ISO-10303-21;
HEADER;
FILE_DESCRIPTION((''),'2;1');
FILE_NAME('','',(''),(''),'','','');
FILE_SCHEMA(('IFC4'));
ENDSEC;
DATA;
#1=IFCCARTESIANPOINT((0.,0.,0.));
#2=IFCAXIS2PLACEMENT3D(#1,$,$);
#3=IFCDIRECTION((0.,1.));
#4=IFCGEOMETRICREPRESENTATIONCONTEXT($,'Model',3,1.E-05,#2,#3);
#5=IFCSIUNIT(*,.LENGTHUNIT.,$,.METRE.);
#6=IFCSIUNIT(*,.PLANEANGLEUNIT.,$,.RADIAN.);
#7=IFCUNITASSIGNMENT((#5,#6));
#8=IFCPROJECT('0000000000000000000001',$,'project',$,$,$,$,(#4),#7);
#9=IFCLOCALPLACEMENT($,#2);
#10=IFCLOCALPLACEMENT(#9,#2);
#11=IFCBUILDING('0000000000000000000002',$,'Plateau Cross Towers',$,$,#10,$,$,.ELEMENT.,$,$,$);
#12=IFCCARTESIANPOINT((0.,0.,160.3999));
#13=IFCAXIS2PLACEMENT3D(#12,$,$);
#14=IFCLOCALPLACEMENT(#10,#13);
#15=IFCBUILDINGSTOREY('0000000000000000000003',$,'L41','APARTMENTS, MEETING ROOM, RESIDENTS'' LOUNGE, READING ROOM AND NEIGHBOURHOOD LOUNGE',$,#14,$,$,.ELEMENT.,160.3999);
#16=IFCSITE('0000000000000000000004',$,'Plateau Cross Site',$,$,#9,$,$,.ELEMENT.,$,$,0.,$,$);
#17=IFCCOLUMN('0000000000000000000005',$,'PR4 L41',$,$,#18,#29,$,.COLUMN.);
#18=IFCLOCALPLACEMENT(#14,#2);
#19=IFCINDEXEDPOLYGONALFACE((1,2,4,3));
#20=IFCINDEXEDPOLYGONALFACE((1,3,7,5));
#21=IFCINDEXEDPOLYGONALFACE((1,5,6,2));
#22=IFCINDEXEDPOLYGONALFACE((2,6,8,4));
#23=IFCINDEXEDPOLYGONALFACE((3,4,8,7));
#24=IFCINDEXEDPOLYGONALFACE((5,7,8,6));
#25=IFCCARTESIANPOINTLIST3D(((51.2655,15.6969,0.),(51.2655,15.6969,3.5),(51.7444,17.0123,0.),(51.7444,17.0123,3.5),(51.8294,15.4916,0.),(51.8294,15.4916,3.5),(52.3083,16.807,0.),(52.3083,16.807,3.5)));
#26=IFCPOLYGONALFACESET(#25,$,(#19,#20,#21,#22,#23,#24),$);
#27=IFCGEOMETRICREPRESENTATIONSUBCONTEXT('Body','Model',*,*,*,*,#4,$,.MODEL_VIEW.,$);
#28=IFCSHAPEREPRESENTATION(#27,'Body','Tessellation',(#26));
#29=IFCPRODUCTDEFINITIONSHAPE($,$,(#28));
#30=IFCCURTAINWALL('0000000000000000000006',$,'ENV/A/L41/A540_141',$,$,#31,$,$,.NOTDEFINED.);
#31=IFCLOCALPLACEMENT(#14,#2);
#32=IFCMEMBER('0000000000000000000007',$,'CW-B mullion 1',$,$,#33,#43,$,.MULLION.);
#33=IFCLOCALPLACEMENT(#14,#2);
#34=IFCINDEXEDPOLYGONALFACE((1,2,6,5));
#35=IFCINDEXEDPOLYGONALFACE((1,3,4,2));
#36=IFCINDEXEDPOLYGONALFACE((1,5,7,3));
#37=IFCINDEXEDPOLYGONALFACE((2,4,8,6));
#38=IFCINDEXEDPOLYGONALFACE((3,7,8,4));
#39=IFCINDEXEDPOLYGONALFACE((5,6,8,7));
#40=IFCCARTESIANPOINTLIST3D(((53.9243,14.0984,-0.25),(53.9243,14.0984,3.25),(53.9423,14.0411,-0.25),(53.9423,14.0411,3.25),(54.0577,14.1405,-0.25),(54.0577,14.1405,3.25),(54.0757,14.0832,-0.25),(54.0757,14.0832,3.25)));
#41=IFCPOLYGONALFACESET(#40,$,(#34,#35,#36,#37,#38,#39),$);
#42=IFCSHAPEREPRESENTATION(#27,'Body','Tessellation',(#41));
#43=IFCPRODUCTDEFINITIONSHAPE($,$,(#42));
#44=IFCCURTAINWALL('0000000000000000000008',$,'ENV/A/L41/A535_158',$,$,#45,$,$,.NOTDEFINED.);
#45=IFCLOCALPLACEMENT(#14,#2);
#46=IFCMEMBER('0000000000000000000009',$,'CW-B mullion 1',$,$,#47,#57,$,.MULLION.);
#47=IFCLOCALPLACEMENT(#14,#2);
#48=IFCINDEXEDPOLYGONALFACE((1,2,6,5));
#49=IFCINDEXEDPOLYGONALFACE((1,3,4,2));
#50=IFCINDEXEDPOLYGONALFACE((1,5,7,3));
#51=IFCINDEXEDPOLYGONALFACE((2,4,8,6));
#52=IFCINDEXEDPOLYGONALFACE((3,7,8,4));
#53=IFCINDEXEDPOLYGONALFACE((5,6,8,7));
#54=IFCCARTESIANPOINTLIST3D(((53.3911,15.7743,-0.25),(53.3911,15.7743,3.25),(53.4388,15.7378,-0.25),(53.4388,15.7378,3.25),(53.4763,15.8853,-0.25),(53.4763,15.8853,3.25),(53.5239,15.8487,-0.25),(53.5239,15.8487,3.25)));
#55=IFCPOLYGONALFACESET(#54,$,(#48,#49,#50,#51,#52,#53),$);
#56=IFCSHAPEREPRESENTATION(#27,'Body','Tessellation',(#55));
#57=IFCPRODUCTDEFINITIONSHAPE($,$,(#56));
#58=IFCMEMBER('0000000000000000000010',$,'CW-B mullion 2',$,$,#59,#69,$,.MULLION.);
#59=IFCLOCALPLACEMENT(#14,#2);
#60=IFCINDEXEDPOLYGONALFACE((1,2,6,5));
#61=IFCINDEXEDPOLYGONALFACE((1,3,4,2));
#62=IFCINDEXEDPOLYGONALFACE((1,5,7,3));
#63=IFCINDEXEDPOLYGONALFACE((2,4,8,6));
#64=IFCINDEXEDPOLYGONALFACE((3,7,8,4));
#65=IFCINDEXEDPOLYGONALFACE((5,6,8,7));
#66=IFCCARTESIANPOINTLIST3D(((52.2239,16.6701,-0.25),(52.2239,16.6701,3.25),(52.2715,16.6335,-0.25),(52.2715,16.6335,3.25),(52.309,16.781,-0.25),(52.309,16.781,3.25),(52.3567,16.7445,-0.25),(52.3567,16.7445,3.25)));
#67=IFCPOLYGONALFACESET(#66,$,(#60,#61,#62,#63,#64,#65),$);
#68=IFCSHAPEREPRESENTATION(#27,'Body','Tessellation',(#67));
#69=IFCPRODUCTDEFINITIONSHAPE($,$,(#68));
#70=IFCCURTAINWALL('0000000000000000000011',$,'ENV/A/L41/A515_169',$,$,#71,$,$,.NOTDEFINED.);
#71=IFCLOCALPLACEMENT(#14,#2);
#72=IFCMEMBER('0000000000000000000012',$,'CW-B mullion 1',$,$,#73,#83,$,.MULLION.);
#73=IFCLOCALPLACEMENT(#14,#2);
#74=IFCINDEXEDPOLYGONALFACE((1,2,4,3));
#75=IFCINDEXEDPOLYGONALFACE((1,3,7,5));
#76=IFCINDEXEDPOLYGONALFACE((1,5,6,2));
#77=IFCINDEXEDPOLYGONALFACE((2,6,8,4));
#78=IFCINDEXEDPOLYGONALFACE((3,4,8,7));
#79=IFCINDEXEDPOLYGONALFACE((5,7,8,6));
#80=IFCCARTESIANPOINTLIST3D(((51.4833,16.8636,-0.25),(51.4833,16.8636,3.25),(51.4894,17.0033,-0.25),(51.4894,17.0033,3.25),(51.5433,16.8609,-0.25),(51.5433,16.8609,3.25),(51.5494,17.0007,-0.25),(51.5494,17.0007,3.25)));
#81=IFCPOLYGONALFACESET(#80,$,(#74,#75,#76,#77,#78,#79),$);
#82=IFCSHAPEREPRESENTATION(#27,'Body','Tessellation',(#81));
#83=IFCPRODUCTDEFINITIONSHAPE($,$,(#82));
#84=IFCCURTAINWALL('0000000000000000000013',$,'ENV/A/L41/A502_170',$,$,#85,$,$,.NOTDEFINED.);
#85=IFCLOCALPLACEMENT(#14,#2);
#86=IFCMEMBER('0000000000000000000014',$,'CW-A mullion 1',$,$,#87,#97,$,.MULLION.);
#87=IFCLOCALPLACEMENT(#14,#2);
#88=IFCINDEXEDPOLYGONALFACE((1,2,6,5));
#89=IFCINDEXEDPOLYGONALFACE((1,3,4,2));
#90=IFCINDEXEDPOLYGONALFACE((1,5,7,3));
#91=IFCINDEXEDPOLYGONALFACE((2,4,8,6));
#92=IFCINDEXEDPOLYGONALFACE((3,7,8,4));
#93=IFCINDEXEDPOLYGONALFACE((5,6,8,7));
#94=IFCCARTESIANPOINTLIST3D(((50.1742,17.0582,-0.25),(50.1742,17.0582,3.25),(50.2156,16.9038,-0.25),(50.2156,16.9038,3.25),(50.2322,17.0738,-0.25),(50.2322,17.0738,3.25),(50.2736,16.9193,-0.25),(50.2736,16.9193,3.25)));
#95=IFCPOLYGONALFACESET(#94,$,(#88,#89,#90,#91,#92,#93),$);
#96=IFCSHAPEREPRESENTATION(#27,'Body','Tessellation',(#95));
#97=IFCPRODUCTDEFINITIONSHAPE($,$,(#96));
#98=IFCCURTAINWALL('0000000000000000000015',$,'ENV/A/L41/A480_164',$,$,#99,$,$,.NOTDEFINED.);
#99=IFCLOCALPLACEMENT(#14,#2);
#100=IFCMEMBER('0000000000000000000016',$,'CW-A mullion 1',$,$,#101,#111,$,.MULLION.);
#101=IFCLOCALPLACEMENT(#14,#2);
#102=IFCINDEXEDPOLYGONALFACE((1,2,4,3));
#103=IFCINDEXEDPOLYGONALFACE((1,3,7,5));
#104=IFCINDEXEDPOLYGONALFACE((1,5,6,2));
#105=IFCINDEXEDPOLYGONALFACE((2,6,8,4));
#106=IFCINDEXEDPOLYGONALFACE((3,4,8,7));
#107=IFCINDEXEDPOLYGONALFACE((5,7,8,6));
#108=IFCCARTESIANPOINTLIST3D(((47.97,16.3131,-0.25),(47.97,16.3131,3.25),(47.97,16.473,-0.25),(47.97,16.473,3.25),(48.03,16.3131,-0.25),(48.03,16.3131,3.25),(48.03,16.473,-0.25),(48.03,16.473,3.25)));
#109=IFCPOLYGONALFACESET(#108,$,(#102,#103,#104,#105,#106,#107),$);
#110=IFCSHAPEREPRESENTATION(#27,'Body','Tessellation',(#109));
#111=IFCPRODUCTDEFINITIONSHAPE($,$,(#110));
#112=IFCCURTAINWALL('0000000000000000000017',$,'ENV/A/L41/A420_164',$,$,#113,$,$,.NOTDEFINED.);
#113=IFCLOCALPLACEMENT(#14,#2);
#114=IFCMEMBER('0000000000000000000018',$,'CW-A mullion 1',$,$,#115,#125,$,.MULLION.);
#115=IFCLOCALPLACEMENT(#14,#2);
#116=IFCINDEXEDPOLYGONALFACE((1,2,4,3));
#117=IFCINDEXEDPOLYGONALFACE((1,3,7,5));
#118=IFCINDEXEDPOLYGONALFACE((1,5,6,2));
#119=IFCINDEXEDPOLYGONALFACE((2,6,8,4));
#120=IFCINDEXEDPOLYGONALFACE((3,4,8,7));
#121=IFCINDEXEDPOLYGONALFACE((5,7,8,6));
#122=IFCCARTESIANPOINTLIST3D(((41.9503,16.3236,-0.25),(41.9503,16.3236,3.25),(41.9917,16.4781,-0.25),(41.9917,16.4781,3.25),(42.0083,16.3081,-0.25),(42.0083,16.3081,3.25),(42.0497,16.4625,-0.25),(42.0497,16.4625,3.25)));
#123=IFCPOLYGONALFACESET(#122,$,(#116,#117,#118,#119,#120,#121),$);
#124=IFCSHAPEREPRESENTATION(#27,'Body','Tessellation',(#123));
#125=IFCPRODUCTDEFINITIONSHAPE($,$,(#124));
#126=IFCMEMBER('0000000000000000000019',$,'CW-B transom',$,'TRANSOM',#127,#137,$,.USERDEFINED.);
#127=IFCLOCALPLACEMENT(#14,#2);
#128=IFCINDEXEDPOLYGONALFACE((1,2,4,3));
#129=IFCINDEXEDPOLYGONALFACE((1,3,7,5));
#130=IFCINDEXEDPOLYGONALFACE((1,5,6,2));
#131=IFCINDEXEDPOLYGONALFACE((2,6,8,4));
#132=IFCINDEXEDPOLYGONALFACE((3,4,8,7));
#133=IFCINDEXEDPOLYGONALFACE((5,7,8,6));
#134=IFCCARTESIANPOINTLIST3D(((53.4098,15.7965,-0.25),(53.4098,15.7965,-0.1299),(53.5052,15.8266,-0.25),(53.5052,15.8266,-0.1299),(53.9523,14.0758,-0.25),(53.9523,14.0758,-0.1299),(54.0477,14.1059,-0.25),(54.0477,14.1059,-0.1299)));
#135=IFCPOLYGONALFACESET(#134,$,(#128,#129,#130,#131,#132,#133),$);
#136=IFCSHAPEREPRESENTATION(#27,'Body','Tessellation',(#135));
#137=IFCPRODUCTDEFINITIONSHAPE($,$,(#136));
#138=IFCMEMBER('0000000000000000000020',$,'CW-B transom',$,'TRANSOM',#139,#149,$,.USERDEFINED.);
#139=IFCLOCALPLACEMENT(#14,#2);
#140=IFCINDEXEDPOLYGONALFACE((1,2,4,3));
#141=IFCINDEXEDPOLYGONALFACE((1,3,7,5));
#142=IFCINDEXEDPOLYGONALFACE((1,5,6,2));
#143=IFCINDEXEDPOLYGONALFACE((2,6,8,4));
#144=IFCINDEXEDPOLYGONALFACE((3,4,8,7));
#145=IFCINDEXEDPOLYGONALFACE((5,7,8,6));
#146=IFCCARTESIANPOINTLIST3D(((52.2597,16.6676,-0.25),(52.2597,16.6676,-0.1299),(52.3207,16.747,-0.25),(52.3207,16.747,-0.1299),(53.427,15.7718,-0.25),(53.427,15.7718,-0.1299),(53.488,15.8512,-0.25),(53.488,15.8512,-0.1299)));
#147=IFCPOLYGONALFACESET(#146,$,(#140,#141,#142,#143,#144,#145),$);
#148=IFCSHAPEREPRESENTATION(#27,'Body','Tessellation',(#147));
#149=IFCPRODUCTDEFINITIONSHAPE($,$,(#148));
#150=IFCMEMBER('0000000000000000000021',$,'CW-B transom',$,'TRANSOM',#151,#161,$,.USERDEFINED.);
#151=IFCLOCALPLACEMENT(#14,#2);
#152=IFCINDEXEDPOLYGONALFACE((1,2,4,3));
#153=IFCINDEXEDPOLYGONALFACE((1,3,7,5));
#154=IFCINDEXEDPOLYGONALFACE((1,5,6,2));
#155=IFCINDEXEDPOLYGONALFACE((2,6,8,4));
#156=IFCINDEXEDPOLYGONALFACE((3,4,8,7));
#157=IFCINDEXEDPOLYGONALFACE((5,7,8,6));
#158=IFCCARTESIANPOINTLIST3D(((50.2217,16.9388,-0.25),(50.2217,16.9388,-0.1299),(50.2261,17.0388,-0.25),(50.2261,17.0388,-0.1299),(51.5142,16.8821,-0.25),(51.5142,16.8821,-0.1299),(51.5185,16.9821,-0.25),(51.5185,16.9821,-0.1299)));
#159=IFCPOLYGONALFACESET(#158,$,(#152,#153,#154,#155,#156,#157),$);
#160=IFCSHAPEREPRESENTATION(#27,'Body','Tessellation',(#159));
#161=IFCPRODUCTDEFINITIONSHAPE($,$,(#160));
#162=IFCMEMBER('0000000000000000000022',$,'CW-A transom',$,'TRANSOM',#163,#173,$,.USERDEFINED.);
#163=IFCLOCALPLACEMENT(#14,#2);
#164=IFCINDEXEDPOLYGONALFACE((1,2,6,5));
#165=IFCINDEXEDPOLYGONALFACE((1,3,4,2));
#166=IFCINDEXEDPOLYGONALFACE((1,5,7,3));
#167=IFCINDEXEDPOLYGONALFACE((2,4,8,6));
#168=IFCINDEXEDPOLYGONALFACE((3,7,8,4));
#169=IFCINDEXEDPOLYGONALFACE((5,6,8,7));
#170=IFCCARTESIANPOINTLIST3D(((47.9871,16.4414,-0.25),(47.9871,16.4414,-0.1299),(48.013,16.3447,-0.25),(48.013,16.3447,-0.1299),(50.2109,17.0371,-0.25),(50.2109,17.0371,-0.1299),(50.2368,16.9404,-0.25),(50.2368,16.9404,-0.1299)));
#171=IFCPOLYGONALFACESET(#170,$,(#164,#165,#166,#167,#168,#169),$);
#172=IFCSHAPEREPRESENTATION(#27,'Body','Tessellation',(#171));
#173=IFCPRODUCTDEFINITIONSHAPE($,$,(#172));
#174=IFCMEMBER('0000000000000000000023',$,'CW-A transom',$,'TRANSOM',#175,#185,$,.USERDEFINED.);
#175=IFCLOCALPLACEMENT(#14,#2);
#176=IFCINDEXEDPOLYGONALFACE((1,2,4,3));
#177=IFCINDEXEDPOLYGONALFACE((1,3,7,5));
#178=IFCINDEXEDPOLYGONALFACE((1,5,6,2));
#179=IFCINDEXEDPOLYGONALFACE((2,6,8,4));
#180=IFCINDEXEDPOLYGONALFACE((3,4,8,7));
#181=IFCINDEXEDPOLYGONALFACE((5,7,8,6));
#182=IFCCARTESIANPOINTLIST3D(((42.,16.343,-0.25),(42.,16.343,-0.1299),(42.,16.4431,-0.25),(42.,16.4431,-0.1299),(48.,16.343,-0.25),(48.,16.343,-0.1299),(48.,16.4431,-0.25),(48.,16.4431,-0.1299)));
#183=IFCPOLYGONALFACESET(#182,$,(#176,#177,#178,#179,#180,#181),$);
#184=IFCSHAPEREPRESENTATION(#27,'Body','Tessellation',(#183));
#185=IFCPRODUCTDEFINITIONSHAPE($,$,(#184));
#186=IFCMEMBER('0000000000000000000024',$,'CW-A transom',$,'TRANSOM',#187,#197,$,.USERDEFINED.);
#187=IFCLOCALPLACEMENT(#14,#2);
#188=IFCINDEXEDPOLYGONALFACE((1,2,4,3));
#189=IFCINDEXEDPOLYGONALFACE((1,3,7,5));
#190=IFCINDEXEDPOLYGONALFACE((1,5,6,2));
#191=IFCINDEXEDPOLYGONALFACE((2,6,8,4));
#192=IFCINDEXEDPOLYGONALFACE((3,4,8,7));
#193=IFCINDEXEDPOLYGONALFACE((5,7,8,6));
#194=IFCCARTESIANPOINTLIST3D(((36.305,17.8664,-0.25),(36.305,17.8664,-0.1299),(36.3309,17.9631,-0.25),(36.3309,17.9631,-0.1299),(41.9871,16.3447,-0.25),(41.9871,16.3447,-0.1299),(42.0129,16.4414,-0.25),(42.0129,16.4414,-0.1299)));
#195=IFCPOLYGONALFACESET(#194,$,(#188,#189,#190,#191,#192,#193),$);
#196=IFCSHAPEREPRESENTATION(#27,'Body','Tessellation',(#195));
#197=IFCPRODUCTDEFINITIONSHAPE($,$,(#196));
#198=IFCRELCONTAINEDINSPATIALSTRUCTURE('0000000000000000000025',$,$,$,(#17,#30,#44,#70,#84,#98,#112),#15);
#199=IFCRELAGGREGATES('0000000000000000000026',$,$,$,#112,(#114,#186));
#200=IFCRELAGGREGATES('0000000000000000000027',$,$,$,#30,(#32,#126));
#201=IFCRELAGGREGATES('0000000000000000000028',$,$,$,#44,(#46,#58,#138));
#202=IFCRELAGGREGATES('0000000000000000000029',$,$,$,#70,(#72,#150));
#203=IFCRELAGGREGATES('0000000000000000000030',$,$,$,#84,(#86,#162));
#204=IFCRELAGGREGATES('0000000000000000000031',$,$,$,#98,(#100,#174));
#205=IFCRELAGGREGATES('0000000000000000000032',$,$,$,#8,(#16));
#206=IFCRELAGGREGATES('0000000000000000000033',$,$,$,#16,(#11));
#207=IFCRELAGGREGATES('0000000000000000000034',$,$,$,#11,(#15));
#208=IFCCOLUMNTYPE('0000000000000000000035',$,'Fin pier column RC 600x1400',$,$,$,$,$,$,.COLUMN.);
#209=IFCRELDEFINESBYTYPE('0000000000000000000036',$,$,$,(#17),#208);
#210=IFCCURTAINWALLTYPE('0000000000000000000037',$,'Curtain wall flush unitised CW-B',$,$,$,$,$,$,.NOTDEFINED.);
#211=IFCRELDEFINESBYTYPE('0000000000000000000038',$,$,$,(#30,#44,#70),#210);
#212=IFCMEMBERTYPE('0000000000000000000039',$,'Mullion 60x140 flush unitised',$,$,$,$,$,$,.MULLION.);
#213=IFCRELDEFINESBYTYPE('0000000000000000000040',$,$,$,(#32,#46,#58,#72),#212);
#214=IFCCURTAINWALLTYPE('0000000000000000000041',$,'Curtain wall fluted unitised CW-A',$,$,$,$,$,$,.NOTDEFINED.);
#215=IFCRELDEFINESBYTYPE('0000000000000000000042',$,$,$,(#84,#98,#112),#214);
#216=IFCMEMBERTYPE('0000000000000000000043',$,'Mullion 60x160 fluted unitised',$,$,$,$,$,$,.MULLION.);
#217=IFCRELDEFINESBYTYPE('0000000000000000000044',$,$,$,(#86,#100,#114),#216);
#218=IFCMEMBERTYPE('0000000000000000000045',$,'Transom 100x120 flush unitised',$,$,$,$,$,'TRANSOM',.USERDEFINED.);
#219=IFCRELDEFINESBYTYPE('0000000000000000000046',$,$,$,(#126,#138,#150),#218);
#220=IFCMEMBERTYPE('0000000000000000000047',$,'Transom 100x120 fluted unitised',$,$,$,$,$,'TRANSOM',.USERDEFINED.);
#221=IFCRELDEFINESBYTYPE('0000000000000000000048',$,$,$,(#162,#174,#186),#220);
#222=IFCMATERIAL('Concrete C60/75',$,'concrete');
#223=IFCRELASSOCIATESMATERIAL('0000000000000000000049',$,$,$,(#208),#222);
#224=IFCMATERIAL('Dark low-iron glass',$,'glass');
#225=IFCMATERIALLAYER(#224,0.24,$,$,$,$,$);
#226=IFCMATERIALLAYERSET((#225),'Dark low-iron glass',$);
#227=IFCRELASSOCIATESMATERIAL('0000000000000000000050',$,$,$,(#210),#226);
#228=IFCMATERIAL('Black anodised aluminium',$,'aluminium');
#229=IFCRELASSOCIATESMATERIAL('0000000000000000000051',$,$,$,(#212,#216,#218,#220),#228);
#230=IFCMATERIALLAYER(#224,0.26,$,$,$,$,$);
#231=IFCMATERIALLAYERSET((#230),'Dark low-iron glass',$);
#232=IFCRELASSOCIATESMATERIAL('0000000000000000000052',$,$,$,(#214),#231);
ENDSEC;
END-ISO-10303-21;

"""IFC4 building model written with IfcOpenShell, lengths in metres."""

from ifc_helpers import new_model, si_unit, direction, frame, origin, origin_2d, place, context, subcontext, project, spatial, rectangle, extrude, material, layer, layer_set, material_profile, profile_set, type_object, element, aggregate, save


model = new_model("IFC4")

# Units and contexts
model_context = context("Model", 3, precision=1e-05, world=origin(), true_north=direction((0.0, 1.0)))
body_context = subcontext(model_context, "Body", "Model", "MODEL_VIEW")
ifc_project = project(units=[si_unit("LENGTHUNIT", "METRE"), si_unit("PLANEANGLEUNIT", "RADIAN")], contexts=[model_context])

# Site, building, storey
site_placement = place(None, origin())
site = spatial("IfcSite", under=ifc_project, at=site_placement, Name="Plateau Cross Site", CompositionType="ELEMENT", RefElevation=0.0)
building_placement = place(site_placement, origin())
building = spatial("IfcBuilding", under=site, at=building_placement, Name="Plateau Cross Towers", CompositionType="ELEMENT")
storey_placement = place(building_placement, frame((0.0, 0.0, 160.3999)))
storey = spatial("IfcBuildingStorey", under=building, at=storey_placement, Name="L41", Description="APARTMENTS, MEETING ROOM, RESIDENTS' LOUNGE, READING ROOM AND NEIGHBOURHOOD LOUNGE", CompositionType="ELEMENT", Elevation=160.3999)

# Column
ifc_material_1 = material(Name="Concrete C60/75", Category="concrete")
ifc_material_profile_1 = material_profile(ifc_material_1, rectangle(XDim=0.6001, YDim=1.3999, at=origin_2d()), Name="RC 600x1400")
ifc_profile_set_1 = profile_set([ifc_material_profile_1], Name="Concrete C60/75")
column_type = type_object("IfcColumnType", Name="Fin pier column RC 600x1400", PredefinedType="COLUMN", material=ifc_profile_set_1)
column_placement = place(storey_placement, frame((51.7869, 16.252, 0.0), z_axis=(0.0, 0.0, 1.0), x_axis=(-0.939664, 0.342098, 0.0)))
element("IfcColumn", 1, at=column_placement, inside=storey, type_object=column_type, Name="PR4 L41", PredefinedType="COLUMN", context=body_context, shape_type="SweptSolid", body=[
    extrude(rectangle(XDim=0.6001, YDim=1.3999, at=origin_2d()), origin(), (0.0, 0.0, 1.0), 3.5),
])

# Curtain wall, member
ifc_material_2 = material(Name="Dark low-iron glass", Category="glass")
ifc_layer_1 = layer(ifc_material_2, 0.24)
ifc_layer_set_1 = layer_set([ifc_layer_1], Name="Dark low-iron glass")
curtain_wall_type_1 = type_object("IfcCurtainWallType", Name="Curtain wall flush unitised CW-B", PredefinedType="NOTDEFINED", material=ifc_layer_set_1)
curtain_wall_1_placement = place(storey_placement, origin())
curtain_wall_1 = element("IfcCurtainWall", 2, at=curtain_wall_1_placement, inside=storey, type_object=curtain_wall_type_1, Name="ENV/A/L41/A540_141", PredefinedType="NOTDEFINED")
ifc_material_3 = material(Name="Black anodised aluminium", Category="aluminium")
ifc_material_profile_2 = material_profile(ifc_material_3, rectangle(XDim=0.0601, YDim=0.1399, at=origin_2d()), Name="MULLION 60x140")
ifc_profile_set_2 = profile_set([ifc_material_profile_2], Name="Black anodised aluminium")
member_type_1 = type_object("IfcMemberType", Name="Mullion 60x140 flush unitised", PredefinedType="MULLION", material=ifc_profile_set_2)
member_1_placement = place(storey_placement, frame((54.0, 14.0908, -0.25), z_axis=(0.0, 0.0, 1.0), x_axis=(-0.300686, 0.953723, 0.0)))
member_1 = element("IfcMember", 3, at=member_1_placement, type_object=member_type_1, Name="CW-B mullion 1", PredefinedType="MULLION", context=body_context, shape_type="SweptSolid", body=[
    extrude(rectangle(XDim=0.0601, YDim=0.1399, at=origin_2d()), origin(), (0.0, 0.0, 1.0), 3.5),
])

# Curtain wall, members
curtain_wall_2_placement = place(storey_placement, origin())
curtain_wall_2 = element("IfcCurtainWall", 4, at=curtain_wall_2_placement, inside=storey, type_object=curtain_wall_type_1, Name="ENV/A/L41/A535_158", PredefinedType="NOTDEFINED")
member_2_placement = place(storey_placement, frame((53.4575, 15.8115, -0.25), z_axis=(0.0, 0.0, 1.0), x_axis=(-0.793316, 0.608811, 0.0)))
member_2 = element("IfcMember", 5, at=member_2_placement, type_object=member_type_1, Name="CW-B mullion 1", PredefinedType="MULLION", context=body_context, shape_type="SweptSolid", body=[
    extrude(rectangle(XDim=0.0601, YDim=0.1399, at=origin_2d()), origin(), (0.0, 0.0, 1.0), 3.5),
])
member_3_placement = place(storey_placement, frame((52.2903, 16.7073, -0.25), z_axis=(0.0, 0.0, 1.0), x_axis=(-0.793316, 0.608811, 0.0)))
member_3 = element("IfcMember", 6, at=member_3_placement, type_object=member_type_1, Name="CW-B mullion 2", PredefinedType="MULLION", context=body_context, shape_type="SweptSolid", body=[
    extrude(rectangle(XDim=0.0601, YDim=0.1399, at=origin_2d()), origin(), (0.0, 0.0, 1.0), 3.5),
])

# Curtain walls, members
curtain_wall_3_placement = place(storey_placement, origin())
curtain_wall_3 = element("IfcCurtainWall", 7, at=curtain_wall_3_placement, inside=storey, type_object=curtain_wall_type_1, Name="ENV/A/L41/A515_169", PredefinedType="NOTDEFINED")
member_4_placement = place(storey_placement, frame((51.5164, 16.9321, -0.25), z_axis=(0.0, 0.0, 1.0), x_axis=(-0.999044, 0.043723, 0.0)))
member_4 = element("IfcMember", 8, at=member_4_placement, type_object=member_type_1, Name="CW-B mullion 1", PredefinedType="MULLION", context=body_context, shape_type="SweptSolid", body=[
    extrude(rectangle(XDim=0.0601, YDim=0.1399, at=origin_2d()), origin(), (0.0, 0.0, 1.0), 3.5),
])
ifc_layer_2 = layer(ifc_material_2, 0.26)
ifc_layer_set_2 = layer_set([ifc_layer_2], Name="Dark low-iron glass")
curtain_wall_type_2 = type_object("IfcCurtainWallType", Name="Curtain wall fluted unitised CW-A", PredefinedType="NOTDEFINED", material=ifc_layer_set_2)
curtain_wall_4_placement = place(storey_placement, origin())
curtain_wall_4 = element("IfcCurtainWall", 9, at=curtain_wall_4_placement, inside=storey, type_object=curtain_wall_type_2, Name="ENV/A/L41/A502_170", PredefinedType="NOTDEFINED")
ifc_material_profile_3 = material_profile(ifc_material_3, rectangle(XDim=0.0601, YDim=0.1599, at=origin_2d()), Name="MULLION 60x160")
ifc_profile_set_3 = profile_set([ifc_material_profile_3], Name="Black anodised aluminium")
member_type_2 = type_object("IfcMemberType", Name="Mullion 60x160 fluted unitised", PredefinedType="MULLION", material=ifc_profile_set_3)
member_5_placement = place(storey_placement, frame((50.2239, 16.9888, -0.25), z_axis=(0.0, 0.0, 1.0), x_axis=(-0.965958, -0.258699, 0.0)))
member_5 = element("IfcMember", 10, at=member_5_placement, type_object=member_type_2, Name="CW-A mullion 1", PredefinedType="MULLION", context=body_context, shape_type="SweptSolid", body=[
    extrude(rectangle(XDim=0.0601, YDim=0.1599, at=origin_2d()), origin(), (0.0, 0.0, 1.0), 3.5),
])
curtain_wall_5_placement = place(storey_placement, origin())
curtain_wall_5 = element("IfcCurtainWall", 11, at=curtain_wall_5_placement, inside=storey, type_object=curtain_wall_type_2, Name="ENV/A/L41/A480_164", PredefinedType="NOTDEFINED")
member_6_placement = place(storey_placement, frame((48.0, 16.3931, -0.25), z_axis=(0.0, 0.0, 1.0), x_axis=(-1.0, 0.0, 0.0)))
member_6 = element("IfcMember", 12, at=member_6_placement, type_object=member_type_2, Name="CW-A mullion 1", PredefinedType="MULLION", context=body_context, shape_type="SweptSolid", body=[
    extrude(rectangle(XDim=0.0601, YDim=0.1599, at=origin_2d()), origin(), (0.0, 0.0, 1.0), 3.5),
])
curtain_wall_6_placement = place(storey_placement, origin())
curtain_wall_6 = element("IfcCurtainWall", 13, at=curtain_wall_6_placement, inside=storey, type_object=curtain_wall_type_2, Name="ENV/A/L41/A420_164", PredefinedType="NOTDEFINED")
member_7_placement = place(storey_placement, frame((42.0, 16.3931, -0.25), z_axis=(0.0, 0.0, 1.0), x_axis=(-0.965958, 0.258699, 0.0)))
member_7 = element("IfcMember", 14, at=member_7_placement, type_object=member_type_2, Name="CW-A mullion 1", PredefinedType="MULLION", context=body_context, shape_type="SweptSolid", body=[
    extrude(rectangle(XDim=0.0601, YDim=0.1599, at=origin_2d()), origin(), (0.0, 0.0, 1.0), 3.5),
])

# Members
ifc_material_profile_4 = material_profile(ifc_material_3, rectangle(XDim=0.1001, YDim=0.1201, at=origin_2d()), Name="TRANSOM 100x120")
ifc_profile_set_4 = profile_set([ifc_material_profile_4], Name="Black anodised aluminium")
member_type_3 = type_object("IfcMemberType", Name="Transom 100x120 flush unitised", ElementType="TRANSOM", PredefinedType="USERDEFINED", material=ifc_profile_set_4)
member_8_placement = place(storey_placement, frame((54.0, 14.0908, -0.1899), z_axis=(-0.300678, 0.953726, 0.0), x_axis=(-0.953726, -0.300678, 0.0)))
member_8 = element("IfcMember", 15, at=member_8_placement, type_object=member_type_3, Name="CW-B transom", ObjectType="TRANSOM", PredefinedType="USERDEFINED", context=body_context, shape_type="SweptSolid", body=[
    extrude(rectangle(XDim=0.1001, YDim=0.1201, at=origin_2d()), origin(), (0.0, 0.0, 1.0), 1.8042),
])
member_9_placement = place(storey_placement, frame((53.4575, 15.8115, -0.1899), z_axis=(-0.793321, 0.608804, 0.0), x_axis=(-0.608804, -0.793321, 0.0)))
member_9 = element("IfcMember", 16, at=member_9_placement, type_object=member_type_3, Name="CW-B transom", ObjectType="TRANSOM", PredefinedType="USERDEFINED", context=body_context, shape_type="SweptSolid", body=[
    extrude(rectangle(XDim=0.1001, YDim=0.1201, at=origin_2d()), origin(), (0.0, 0.0, 1.0), 1.4714),
])
member_10_placement = place(storey_placement, frame((51.5164, 16.9321, -0.1899), z_axis=(-0.999041, 0.043781, 0.0), x_axis=(-0.043781, -0.999041, 0.0)))
member_10 = element("IfcMember", 17, at=member_10_placement, type_object=member_type_3, Name="CW-B transom", ObjectType="TRANSOM", PredefinedType="USERDEFINED", context=body_context, shape_type="SweptSolid", body=[
    extrude(rectangle(XDim=0.1001, YDim=0.1201, at=origin_2d()), origin(), (0.0, 0.0, 1.0), 1.2937),
])
ifc_material_profile_5 = material_profile(ifc_material_3, rectangle(XDim=0.1001, YDim=0.1201, at=origin_2d()), Name="TRANSOM 100x120")
ifc_profile_set_5 = profile_set([ifc_material_profile_5], Name="Black anodised aluminium")
member_type_4 = type_object("IfcMemberType", Name="Transom 100x120 fluted unitised", ElementType="TRANSOM", PredefinedType="USERDEFINED", material=ifc_profile_set_5)
member_11_placement = place(storey_placement, frame((50.2239, 16.9888, -0.1899), z_axis=(-0.965946, -0.258745, 0.0), x_axis=(0.258745, -0.965946, 0.0)))
member_11 = element("IfcMember", 18, at=member_11_placement, type_object=member_type_4, Name="CW-A transom", ObjectType="TRANSOM", PredefinedType="USERDEFINED", context=body_context, shape_type="SweptSolid", body=[
    extrude(rectangle(XDim=0.1001, YDim=0.1201, at=origin_2d()), origin(), (0.0, 0.0, 1.0), 2.3022),
])
member_12_placement = place(storey_placement, frame((48.0, 16.3931, -0.1899), z_axis=(-1.0, 0.0, 0.0), x_axis=(0.0, -1.0, 0.0)))
member_12 = element("IfcMember", 19, at=member_12_placement, type_object=member_type_4, Name="CW-A transom", ObjectType="TRANSOM", PredefinedType="USERDEFINED", context=body_context, shape_type="SweptSolid", body=[
    extrude(rectangle(XDim=0.1001, YDim=0.1201, at=origin_2d()), origin(), (0.0, 0.0, 1.0), 6.0),
])
member_13_placement = place(storey_placement, frame((42.0, 16.3931, -0.1899), z_axis=(-0.96596, 0.258693, 0.0), x_axis=(-0.258693, -0.96596, 0.0)))
member_13 = element("IfcMember", 20, at=member_13_placement, type_object=member_type_4, Name="CW-A transom", ObjectType="TRANSOM", PredefinedType="USERDEFINED", context=body_context, shape_type="SweptSolid", body=[
    extrude(rectangle(XDim=0.1001, YDim=0.1201, at=origin_2d()), origin(), (0.0, 0.0, 1.0), 5.8823),
])
aggregate(curtain_wall_6, [member_7, member_13])

aggregate(curtain_wall_1, [member_1, member_8])
aggregate(curtain_wall_2, [member_2, member_3, member_9])
aggregate(curtain_wall_3, [member_4, member_10])
aggregate(curtain_wall_4, [member_5, member_11])
aggregate(curtain_wall_5, [member_6, member_12])

save(model, "model.ifc")
